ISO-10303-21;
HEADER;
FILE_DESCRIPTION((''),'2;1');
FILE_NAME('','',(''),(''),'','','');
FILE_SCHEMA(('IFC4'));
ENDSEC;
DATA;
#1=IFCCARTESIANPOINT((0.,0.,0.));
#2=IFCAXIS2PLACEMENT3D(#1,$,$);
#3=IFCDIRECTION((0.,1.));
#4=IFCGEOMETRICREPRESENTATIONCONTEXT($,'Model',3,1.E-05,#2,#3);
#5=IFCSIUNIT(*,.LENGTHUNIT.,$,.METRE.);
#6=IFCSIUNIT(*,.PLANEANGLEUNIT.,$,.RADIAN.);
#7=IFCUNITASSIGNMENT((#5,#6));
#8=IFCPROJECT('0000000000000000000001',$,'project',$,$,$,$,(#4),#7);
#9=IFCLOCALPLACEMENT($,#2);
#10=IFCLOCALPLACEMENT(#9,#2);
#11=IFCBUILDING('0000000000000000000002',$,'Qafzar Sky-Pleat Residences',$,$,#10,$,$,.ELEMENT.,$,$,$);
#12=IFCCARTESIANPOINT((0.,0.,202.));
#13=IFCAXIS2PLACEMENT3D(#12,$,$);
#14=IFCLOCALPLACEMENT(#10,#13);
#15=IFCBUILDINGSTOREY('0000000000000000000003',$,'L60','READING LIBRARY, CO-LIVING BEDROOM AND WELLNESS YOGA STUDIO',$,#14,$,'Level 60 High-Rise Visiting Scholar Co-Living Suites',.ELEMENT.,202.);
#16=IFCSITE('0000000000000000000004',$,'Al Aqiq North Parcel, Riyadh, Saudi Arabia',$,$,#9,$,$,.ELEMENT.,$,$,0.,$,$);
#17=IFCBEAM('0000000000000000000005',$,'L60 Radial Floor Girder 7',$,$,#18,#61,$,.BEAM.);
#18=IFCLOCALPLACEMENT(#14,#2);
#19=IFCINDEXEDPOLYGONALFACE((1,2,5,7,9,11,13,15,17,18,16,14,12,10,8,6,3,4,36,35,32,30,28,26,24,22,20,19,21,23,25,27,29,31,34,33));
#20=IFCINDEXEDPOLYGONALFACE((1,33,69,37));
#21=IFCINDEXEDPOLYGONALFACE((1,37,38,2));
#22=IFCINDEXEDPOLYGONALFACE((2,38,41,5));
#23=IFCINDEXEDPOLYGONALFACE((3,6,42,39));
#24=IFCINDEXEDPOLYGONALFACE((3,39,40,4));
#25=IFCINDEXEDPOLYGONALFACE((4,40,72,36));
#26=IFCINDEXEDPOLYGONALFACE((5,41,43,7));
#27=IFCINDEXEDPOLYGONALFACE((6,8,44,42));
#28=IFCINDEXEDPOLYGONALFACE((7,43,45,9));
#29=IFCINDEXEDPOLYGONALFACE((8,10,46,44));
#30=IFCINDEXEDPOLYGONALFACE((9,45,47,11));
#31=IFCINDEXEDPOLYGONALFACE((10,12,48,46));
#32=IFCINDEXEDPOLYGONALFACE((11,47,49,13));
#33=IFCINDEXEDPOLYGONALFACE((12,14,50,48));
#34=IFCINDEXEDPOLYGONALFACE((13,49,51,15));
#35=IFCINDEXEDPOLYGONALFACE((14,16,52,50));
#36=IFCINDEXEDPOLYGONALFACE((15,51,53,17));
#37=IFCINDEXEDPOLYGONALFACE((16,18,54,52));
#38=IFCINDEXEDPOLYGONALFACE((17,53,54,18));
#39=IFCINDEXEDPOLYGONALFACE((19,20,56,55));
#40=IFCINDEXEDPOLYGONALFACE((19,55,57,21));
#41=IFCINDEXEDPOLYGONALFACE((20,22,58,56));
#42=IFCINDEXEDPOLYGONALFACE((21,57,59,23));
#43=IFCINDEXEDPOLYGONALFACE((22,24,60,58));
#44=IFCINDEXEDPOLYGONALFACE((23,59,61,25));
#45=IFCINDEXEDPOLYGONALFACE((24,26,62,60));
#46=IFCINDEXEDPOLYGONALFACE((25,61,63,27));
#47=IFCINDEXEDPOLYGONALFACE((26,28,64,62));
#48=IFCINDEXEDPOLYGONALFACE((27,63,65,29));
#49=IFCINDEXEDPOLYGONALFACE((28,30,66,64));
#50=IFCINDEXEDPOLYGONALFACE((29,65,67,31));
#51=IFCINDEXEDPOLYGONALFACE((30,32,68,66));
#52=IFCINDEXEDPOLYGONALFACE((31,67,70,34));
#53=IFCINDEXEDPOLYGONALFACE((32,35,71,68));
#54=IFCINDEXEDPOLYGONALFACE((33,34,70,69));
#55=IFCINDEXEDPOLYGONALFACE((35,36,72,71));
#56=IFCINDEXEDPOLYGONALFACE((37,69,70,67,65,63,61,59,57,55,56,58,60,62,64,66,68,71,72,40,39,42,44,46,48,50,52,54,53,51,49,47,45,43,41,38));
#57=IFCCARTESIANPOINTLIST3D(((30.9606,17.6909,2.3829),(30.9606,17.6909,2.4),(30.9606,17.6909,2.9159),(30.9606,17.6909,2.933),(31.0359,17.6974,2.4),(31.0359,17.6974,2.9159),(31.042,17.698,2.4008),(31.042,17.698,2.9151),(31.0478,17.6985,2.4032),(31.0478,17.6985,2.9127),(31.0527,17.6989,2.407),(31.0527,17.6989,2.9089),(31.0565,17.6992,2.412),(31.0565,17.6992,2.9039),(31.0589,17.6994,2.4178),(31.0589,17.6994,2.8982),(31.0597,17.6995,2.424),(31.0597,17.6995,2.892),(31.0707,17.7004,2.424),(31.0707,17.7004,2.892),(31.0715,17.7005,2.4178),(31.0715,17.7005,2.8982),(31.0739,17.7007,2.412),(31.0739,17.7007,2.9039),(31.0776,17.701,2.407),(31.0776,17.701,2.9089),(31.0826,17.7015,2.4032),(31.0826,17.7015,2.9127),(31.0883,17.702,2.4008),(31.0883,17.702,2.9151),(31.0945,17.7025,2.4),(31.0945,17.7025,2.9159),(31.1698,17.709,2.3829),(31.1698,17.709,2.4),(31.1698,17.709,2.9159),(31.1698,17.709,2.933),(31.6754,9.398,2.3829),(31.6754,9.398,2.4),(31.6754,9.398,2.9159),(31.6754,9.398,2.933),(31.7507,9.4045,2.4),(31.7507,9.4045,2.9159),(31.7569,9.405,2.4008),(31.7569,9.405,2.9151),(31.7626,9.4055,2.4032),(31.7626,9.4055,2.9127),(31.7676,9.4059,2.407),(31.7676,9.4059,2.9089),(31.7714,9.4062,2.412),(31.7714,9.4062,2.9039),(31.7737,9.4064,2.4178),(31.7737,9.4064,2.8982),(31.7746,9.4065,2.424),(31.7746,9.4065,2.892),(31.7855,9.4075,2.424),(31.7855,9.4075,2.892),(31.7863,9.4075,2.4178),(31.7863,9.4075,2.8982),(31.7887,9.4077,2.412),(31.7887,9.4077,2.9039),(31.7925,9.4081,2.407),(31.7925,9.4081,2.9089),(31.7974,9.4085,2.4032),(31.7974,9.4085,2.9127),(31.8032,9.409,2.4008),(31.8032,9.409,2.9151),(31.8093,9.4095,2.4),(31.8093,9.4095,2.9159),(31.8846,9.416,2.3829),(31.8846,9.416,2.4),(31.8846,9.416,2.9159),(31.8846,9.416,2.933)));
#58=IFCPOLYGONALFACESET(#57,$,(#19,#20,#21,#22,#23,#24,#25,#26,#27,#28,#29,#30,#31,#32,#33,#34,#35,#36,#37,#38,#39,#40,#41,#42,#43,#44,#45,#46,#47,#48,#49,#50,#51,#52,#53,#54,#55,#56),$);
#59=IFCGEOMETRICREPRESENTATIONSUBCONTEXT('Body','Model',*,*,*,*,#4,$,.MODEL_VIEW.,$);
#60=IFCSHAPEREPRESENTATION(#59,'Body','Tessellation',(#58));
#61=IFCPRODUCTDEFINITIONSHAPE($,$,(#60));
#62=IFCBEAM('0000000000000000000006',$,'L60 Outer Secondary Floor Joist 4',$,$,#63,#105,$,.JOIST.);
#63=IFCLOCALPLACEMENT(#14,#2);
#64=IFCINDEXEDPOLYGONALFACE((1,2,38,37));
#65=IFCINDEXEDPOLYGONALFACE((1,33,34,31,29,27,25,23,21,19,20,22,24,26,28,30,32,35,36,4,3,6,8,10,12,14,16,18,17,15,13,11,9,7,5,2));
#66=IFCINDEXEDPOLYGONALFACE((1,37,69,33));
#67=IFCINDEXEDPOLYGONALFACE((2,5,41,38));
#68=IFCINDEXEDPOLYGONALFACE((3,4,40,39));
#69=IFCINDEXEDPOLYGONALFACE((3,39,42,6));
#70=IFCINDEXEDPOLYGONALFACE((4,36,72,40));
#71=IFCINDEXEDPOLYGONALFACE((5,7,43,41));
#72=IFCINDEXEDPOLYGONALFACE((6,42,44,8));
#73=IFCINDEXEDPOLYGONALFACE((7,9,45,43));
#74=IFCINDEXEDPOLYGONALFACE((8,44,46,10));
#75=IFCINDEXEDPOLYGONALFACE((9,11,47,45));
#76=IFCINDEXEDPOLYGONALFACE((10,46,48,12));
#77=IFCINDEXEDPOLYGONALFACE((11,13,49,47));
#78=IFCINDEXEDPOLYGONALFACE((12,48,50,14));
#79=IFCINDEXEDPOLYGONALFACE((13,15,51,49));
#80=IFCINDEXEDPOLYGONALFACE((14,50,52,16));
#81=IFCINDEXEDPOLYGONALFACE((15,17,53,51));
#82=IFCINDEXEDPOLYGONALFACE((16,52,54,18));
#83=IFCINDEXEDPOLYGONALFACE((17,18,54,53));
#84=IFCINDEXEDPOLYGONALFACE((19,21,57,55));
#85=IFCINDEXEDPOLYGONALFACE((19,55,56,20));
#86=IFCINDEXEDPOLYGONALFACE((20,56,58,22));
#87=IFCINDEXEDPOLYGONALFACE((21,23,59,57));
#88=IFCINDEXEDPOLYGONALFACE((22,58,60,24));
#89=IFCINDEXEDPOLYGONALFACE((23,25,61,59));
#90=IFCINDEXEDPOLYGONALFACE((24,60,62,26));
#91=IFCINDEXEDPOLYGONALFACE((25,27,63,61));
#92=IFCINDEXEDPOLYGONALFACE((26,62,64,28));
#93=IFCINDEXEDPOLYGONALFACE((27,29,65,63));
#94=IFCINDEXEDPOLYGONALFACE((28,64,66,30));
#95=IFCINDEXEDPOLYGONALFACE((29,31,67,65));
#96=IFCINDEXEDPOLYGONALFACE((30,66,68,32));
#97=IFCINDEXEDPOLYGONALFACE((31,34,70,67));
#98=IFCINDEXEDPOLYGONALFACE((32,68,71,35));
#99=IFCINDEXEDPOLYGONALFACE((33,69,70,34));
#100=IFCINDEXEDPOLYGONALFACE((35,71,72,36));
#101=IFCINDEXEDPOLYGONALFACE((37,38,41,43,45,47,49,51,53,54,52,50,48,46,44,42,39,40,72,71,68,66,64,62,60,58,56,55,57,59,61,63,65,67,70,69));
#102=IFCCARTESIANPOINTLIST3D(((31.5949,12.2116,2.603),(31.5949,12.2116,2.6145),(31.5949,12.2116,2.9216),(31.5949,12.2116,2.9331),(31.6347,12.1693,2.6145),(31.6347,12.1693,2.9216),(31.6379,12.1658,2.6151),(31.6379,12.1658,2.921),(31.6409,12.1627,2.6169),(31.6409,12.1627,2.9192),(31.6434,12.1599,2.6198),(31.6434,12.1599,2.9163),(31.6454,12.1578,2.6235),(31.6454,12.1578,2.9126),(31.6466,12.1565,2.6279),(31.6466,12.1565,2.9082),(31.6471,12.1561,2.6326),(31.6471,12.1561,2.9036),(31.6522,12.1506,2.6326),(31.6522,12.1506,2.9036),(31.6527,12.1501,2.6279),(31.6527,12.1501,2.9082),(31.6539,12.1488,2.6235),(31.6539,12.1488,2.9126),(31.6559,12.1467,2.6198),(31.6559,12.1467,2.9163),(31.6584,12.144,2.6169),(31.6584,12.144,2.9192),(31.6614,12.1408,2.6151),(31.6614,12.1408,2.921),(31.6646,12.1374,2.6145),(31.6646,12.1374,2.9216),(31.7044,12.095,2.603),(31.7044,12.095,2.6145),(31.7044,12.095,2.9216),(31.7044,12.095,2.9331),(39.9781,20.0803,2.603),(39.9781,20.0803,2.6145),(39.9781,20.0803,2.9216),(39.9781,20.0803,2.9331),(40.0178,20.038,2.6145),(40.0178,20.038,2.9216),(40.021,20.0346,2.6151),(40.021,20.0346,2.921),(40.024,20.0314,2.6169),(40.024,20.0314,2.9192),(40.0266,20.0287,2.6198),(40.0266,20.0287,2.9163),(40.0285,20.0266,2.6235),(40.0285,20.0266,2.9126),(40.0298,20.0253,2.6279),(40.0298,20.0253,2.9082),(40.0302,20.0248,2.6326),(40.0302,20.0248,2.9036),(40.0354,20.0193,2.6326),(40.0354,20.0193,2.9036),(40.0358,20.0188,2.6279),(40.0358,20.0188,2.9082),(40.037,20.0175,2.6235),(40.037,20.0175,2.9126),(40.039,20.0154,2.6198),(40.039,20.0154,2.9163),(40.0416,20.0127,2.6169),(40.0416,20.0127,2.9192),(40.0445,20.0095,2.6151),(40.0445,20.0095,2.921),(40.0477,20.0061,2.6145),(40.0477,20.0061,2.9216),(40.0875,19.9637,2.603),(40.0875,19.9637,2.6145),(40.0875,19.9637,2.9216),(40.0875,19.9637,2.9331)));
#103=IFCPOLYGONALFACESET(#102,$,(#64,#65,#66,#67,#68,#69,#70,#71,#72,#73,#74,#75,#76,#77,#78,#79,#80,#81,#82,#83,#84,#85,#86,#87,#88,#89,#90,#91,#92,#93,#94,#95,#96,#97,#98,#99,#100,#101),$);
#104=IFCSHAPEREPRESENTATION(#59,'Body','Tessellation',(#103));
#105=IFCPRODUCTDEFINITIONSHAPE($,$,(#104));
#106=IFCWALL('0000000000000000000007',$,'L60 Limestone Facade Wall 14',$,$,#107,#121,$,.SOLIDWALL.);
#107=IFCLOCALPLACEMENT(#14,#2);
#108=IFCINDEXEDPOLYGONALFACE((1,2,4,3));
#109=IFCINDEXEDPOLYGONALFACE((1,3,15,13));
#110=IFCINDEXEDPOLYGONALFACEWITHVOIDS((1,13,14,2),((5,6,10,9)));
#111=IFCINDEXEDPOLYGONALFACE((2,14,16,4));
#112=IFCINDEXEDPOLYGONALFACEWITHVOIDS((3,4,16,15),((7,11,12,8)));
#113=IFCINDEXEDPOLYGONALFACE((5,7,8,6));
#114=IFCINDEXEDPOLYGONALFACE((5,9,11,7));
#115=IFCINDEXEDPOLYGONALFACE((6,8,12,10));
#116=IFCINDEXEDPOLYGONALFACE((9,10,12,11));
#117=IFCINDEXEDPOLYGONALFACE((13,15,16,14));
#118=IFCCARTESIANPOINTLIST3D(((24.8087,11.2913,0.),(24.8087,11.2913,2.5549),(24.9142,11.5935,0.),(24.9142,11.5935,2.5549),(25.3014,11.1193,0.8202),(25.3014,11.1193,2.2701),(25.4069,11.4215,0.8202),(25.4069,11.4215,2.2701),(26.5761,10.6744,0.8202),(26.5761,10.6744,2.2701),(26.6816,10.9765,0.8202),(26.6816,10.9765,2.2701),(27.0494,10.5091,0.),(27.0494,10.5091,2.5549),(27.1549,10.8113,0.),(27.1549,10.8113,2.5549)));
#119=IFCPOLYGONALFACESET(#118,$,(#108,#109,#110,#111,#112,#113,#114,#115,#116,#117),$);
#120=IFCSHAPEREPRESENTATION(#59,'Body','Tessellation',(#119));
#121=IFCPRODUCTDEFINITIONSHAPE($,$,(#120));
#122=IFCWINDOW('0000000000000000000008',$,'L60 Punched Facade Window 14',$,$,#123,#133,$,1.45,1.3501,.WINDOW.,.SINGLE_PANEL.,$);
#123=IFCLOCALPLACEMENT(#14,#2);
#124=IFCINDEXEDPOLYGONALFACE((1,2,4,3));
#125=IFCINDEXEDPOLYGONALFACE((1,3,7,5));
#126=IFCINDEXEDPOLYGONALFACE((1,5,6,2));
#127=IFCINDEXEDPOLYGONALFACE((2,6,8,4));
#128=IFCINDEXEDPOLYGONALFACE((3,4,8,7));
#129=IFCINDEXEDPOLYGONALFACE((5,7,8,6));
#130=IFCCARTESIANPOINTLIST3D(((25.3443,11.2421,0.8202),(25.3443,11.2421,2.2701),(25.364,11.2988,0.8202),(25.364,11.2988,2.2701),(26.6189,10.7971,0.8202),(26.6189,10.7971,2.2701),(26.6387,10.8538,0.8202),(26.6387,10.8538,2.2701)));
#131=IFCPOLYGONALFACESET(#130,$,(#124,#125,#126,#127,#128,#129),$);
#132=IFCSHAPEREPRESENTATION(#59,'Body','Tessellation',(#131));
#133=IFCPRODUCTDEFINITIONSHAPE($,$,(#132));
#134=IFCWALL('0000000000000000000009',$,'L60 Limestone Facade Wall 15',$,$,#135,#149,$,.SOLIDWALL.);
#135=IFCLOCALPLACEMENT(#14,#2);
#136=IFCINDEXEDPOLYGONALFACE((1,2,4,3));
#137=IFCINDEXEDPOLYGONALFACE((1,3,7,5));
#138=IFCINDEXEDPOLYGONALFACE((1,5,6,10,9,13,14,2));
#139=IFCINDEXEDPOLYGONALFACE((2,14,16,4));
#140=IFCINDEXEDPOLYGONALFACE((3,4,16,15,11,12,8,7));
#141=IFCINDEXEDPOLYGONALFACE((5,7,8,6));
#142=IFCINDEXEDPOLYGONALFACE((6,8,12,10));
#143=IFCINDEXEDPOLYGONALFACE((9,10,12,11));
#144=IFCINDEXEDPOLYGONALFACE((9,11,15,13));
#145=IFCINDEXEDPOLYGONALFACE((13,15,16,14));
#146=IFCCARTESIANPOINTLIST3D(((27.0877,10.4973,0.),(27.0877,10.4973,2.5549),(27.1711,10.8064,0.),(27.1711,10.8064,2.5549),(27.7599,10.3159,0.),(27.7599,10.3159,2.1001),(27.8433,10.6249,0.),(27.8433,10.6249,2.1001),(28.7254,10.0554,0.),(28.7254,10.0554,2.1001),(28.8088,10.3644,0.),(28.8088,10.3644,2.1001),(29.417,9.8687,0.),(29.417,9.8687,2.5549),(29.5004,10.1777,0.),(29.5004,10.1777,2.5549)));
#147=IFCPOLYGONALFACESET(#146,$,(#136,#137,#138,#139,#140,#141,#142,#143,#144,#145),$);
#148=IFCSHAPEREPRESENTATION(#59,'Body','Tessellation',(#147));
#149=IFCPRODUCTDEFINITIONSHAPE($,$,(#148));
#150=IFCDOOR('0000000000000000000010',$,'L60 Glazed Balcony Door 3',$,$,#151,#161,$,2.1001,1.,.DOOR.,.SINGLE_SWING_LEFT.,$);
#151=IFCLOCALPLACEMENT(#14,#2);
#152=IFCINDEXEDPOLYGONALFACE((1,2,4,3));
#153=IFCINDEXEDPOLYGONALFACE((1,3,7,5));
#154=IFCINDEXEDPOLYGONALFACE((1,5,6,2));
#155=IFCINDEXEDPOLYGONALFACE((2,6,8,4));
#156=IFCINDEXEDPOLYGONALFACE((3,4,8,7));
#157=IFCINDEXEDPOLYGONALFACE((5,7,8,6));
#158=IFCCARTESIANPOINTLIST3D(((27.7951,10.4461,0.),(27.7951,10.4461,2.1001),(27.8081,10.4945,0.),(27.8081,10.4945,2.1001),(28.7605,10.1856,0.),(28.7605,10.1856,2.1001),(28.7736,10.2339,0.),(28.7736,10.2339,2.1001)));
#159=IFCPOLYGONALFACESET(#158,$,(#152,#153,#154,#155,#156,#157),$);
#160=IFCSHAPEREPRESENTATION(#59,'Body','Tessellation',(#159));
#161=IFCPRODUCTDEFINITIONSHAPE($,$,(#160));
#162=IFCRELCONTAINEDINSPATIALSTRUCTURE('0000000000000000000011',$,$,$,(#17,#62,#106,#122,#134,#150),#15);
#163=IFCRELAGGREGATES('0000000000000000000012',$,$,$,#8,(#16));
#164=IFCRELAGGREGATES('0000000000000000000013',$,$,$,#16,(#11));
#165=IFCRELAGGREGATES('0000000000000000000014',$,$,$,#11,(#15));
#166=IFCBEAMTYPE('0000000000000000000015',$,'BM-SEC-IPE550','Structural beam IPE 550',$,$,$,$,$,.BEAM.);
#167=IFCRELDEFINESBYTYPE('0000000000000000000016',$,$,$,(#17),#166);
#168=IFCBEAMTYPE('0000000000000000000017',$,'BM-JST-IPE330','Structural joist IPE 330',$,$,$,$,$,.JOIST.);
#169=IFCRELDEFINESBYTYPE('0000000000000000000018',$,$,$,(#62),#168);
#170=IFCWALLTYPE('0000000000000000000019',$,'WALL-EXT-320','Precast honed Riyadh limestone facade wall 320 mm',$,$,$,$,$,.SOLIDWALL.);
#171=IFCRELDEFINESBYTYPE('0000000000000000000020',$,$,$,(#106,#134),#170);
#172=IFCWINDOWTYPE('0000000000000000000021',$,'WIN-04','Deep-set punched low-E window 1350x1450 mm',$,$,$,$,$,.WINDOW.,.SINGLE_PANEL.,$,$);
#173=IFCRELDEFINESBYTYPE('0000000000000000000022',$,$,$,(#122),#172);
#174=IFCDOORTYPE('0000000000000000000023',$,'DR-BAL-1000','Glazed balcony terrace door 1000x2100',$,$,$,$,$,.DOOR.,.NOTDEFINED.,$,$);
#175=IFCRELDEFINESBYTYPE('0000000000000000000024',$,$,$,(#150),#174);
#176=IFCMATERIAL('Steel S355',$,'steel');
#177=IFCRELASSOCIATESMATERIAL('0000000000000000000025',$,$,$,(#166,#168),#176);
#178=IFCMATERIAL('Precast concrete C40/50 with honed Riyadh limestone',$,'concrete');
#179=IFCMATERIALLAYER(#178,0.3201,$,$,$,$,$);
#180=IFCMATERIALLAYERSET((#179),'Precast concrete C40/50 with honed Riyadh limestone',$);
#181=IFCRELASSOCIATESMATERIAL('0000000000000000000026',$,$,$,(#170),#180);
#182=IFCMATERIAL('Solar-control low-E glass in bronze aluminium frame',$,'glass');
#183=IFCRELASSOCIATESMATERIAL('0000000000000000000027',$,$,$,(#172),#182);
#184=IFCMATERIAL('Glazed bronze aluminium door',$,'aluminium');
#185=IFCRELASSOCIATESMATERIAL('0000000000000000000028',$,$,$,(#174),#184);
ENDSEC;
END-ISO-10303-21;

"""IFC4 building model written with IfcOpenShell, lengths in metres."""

from ifc_helpers import new_model, si_unit, direction, frame, frame_2d, origin, origin_2d, place, context, subcontext, project, spatial, rectangle, i_section, extrude, source, transform, mapped, material, layer, layer_set, material_profile, profile_set, type_object, element, fill, save


model = new_model("IFC4")

# Units and contexts
model_context = context("Model", 3, precision=1e-05, world=origin(), true_north=direction((0.0, 1.0)))
body_context = subcontext(model_context, "Body", "Model", "MODEL_VIEW")
ifc_project = project(units=[si_unit("LENGTHUNIT", "METRE"), si_unit("PLANEANGLEUNIT", "RADIAN")], contexts=[model_context])

# Site, building, storey
site_placement = place(None, origin())
site = spatial("IfcSite", under=ifc_project, at=site_placement, Name="Al Aqiq North Parcel, Riyadh, Saudi Arabia", CompositionType="ELEMENT", RefElevation=0.0)
building_placement = place(site_placement, origin())
building = spatial("IfcBuilding", under=site, at=building_placement, Name="Qafzar Sky-Pleat Residences", CompositionType="ELEMENT")
storey_placement = place(building_placement, frame((0.0, 0.0, 202.0)))
storey = spatial("IfcBuildingStorey", under=building, at=storey_placement, Name="L60", Description="READING LIBRARY, CO-LIVING BEDROOM AND WELLNESS YOGA STUDIO", LongName="Level 60 High-Rise Visiting Scholar Co-Living Suites", CompositionType="ELEMENT", Elevation=202.0)

# Shared definitions
ifc_material_1 = material(Name="Steel S355", Category="steel")

# Beams
ifc_material_profile_1 = material_profile(ifc_material_1, i_section(OverallWidth=0.21, OverallDepth=0.55, WebThickness=0.011, FlangeThickness=0.0171, FilletRadius=0.0239, at=origin_2d()), Name="IPE 550")
ifc_profile_set_1 = profile_set([ifc_material_profile_1], Name="Steel S355")
beam_type_1 = type_object("IfcBeamType", Name="BM-SEC-IPE550", Description="Structural beam IPE 550", PredefinedType="BEAM", material=ifc_profile_set_1)
shared_shape_1 = source(origin(), body_context, "Body", "SweptSolid", [
    extrude(i_section(OverallWidth=0.21, OverallDepth=0.55, WebThickness=0.011, FlangeThickness=0.0171, FilletRadius=0.0239, at=origin_2d()), origin(), (0.0, 0.0, 1.0), 8.3237),
])
beam_1_placement = place(storey_placement, frame((31.78, 9.407, 2.658), z_axis=(-0.08588, 0.996305, 0.0), x_axis=(-0.996305, -0.08588, 0.0)))
element("IfcBeam", 1, at=beam_1_placement, inside=storey, type_object=beam_type_1, Name="L60 Radial Floor Girder 7", PredefinedType="BEAM", context=body_context, shape_type="MappedRepresentation", body=[
    mapped(shared_shape_1, transform((0.0, 0.0, 0.0), x_axis=(1.0, 0.0, 0.0), y_axis=(0.0, 1.0, 0.0), z_axis=(0.0, 0.0, 1.0), scale=1.0)),
])
ifc_material_profile_2 = material_profile(ifc_material_1, i_section(OverallWidth=0.1599, OverallDepth=0.3301, WebThickness=0.0076, FlangeThickness=0.0115, FilletRadius=0.0181, at=origin_2d()), Name="IPE 330")
ifc_profile_set_2 = profile_set([ifc_material_profile_2], Name="Steel S355")
beam_type_2 = type_object("IfcBeamType", Name="BM-JST-IPE330", Description="Structural joist IPE 330", PredefinedType="JOIST", material=ifc_profile_set_2)
shared_shape_2 = source(origin(), body_context, "Body", "SweptSolid", [
    extrude(i_section(OverallWidth=0.1599, OverallDepth=0.3301, WebThickness=0.0076, FlangeThickness=0.0115, FilletRadius=0.0181, at=origin_2d()), origin(), (0.0, 0.0, 1.0), 11.4976),
])
beam_2_placement = place(storey_placement, frame((31.6497, 12.1533, 2.7681), z_axis=(0.729123, 0.684382, 0.0), x_axis=(-0.684382, 0.729123, 0.0)))
element("IfcBeam", 2, at=beam_2_placement, inside=storey, type_object=beam_type_2, Name="L60 Outer Secondary Floor Joist 4", PredefinedType="JOIST", context=body_context, shape_type="MappedRepresentation", body=[
    mapped(shared_shape_2, transform((0.0, 0.0, 0.0), x_axis=(1.0, 0.0, 0.0), y_axis=(0.0, 1.0, 0.0), z_axis=(0.0, 0.0, 1.0), scale=1.0)),
])

# Wall, opening, window
ifc_material_2 = material(Name="Precast concrete C40/50 with honed Riyadh limestone", Category="concrete")
ifc_layer_1 = layer(ifc_material_2, 0.3201)
ifc_layer_set_1 = layer_set([ifc_layer_1], Name="Precast concrete C40/50 with honed Riyadh limestone")
wall_type_1 = type_object("IfcWallType", Name="WALL-EXT-320", Description="Precast honed Riyadh limestone facade wall 320 mm", PredefinedType="SOLIDWALL", material=ifc_layer_set_1)
wall_1_placement = place(storey_placement, frame((24.8616, 11.4424, 0.0), z_axis=(0.0, 0.0, 1.0), x_axis=(0.944124, -0.32959, 0.0)))
wall_1 = element("IfcWall", 3, at=wall_1_placement, inside=storey, type_object=wall_type_1, Name="L60 Limestone Facade Wall 14", PredefinedType="SOLIDWALL", context=body_context, shape_type="SweptSolid", body=[
    extrude(rectangle(XDim=2.3733, YDim=0.3201, at=frame_2d((1.1865, 0.0))), origin(), (0.0, 0.0, 1.0), 2.5549),
])
opening_1_placement = place(wall_1_placement, frame((0.5217, 0.0, 0.8201)))
opening_1 = element("IfcOpeningElement", 4, at=opening_1_placement, cuts=wall_1, PredefinedType="OPENING", context=body_context, shape_type="SweptSolid", body=[
    extrude(rectangle(XDim=1.3501, YDim=1.45, at=frame_2d((0.675, 0.7251))), frame((0.0, 0.1699, 0.0), z_axis=(0.0, -1.0, 0.0), x_axis=(1.0, 0.0, 0.0)), (0.0, 0.0, 1.0), 0.3401),
])
ifc_material_3 = material(Name="Solar-control low-E glass in bronze aluminium frame", Category="glass")
window_type_1 = type_object("IfcWindowType", Name="WIN-04", Description="Deep-set punched low-E window 1350x1450 mm", PartitioningType="SINGLE_PANEL", PredefinedType="WINDOW", material=ifc_material_3)
shared_shape_3 = source(origin(), body_context, "Body", "SweptSolid", [
    extrude(rectangle(XDim=1.3501, YDim=1.45, at=frame_2d((0.675, 0.7251))), frame((0.0, 0.03, 0.0), z_axis=(0.0, -1.0, 0.0), x_axis=(1.0, 0.0, 0.0)), (0.0, 0.0, 1.0), 0.0601),
])
window_1_placement = place(opening_1_placement, origin())
window_1 = element("IfcWindow", 5, at=window_1_placement, inside=storey, type_object=window_type_1, Name="L60 Punched Facade Window 14", OverallHeight=1.45, OverallWidth=1.3501, PartitioningType="SINGLE_PANEL", PredefinedType="WINDOW", context=body_context, shape_type="MappedRepresentation", body=[
    mapped(shared_shape_3, transform((0.0, 0.0, 0.0), x_axis=(1.0, 0.0, 0.0), y_axis=(0.0, 1.0, 0.0), z_axis=(0.0, 0.0, 1.0), scale=1.0)),
])
fill(opening_1, window_1)

# Wall, opening, door
wall_2_placement = place(storey_placement, frame((27.1294, 10.6519, 0.0), z_axis=(0.0, 0.0, 1.0), x_axis=(0.965456, -0.260565, 0.0)))
wall_2 = element("IfcWall", 6, at=wall_2_placement, inside=storey, type_object=wall_type_1, Name="L60 Limestone Facade Wall 15", PredefinedType="SOLIDWALL", context=body_context, shape_type="SweptSolid", body=[
    extrude(rectangle(XDim=2.4126, YDim=0.3201, at=frame_2d((1.2063, 0.0))), origin(), (0.0, 0.0, 1.0), 2.5549),
])
opening_2_placement = place(wall_2_placement, frame((0.6963, 0.0, 0.0)))
opening_2 = element("IfcOpeningElement", 7, at=opening_2_placement, cuts=wall_2, PredefinedType="OPENING", context=body_context, shape_type="SweptSolid", body=[
    extrude(rectangle(XDim=1.0, YDim=2.1001, at=frame_2d((0.5, 1.05))), frame((0.0, 0.1699, 0.0), z_axis=(0.0, -1.0, 0.0), x_axis=(1.0, 0.0, 0.0)), (0.0, 0.0, 1.0), 0.3401),
])
ifc_material_4 = material(Name="Glazed bronze aluminium door", Category="aluminium")
door_type = type_object("IfcDoorType", Name="DR-BAL-1000", Description="Glazed balcony terrace door 1000x2100", OperationType="NOTDEFINED", PredefinedType="DOOR", material=ifc_material_4)
shared_shape_4 = source(origin(), body_context, "Body", "SweptSolid", [
    extrude(rectangle(XDim=1.0, YDim=2.1001, at=frame_2d((0.5, 1.05))), frame((0.0, 0.0249, 0.0), z_axis=(0.0, -1.0, 0.0), x_axis=(1.0, 0.0, 0.0)), (0.0, 0.0, 1.0), 0.05),
])
door_placement = place(opening_2_placement, origin())
door = element("IfcDoor", 8, at=door_placement, inside=storey, type_object=door_type, Name="L60 Glazed Balcony Door 3", OperationType="SINGLE_SWING_LEFT", OverallHeight=2.1001, OverallWidth=1.0, PredefinedType="DOOR", context=body_context, shape_type="MappedRepresentation", body=[
    mapped(shared_shape_4, transform((0.0, 0.0, 0.0), x_axis=(1.0, 0.0, 0.0), y_axis=(0.0, 1.0, 0.0), z_axis=(0.0, 0.0, 1.0), scale=1.0)),
])
fill(opening_2, door)

save(model, "model.ifc")
